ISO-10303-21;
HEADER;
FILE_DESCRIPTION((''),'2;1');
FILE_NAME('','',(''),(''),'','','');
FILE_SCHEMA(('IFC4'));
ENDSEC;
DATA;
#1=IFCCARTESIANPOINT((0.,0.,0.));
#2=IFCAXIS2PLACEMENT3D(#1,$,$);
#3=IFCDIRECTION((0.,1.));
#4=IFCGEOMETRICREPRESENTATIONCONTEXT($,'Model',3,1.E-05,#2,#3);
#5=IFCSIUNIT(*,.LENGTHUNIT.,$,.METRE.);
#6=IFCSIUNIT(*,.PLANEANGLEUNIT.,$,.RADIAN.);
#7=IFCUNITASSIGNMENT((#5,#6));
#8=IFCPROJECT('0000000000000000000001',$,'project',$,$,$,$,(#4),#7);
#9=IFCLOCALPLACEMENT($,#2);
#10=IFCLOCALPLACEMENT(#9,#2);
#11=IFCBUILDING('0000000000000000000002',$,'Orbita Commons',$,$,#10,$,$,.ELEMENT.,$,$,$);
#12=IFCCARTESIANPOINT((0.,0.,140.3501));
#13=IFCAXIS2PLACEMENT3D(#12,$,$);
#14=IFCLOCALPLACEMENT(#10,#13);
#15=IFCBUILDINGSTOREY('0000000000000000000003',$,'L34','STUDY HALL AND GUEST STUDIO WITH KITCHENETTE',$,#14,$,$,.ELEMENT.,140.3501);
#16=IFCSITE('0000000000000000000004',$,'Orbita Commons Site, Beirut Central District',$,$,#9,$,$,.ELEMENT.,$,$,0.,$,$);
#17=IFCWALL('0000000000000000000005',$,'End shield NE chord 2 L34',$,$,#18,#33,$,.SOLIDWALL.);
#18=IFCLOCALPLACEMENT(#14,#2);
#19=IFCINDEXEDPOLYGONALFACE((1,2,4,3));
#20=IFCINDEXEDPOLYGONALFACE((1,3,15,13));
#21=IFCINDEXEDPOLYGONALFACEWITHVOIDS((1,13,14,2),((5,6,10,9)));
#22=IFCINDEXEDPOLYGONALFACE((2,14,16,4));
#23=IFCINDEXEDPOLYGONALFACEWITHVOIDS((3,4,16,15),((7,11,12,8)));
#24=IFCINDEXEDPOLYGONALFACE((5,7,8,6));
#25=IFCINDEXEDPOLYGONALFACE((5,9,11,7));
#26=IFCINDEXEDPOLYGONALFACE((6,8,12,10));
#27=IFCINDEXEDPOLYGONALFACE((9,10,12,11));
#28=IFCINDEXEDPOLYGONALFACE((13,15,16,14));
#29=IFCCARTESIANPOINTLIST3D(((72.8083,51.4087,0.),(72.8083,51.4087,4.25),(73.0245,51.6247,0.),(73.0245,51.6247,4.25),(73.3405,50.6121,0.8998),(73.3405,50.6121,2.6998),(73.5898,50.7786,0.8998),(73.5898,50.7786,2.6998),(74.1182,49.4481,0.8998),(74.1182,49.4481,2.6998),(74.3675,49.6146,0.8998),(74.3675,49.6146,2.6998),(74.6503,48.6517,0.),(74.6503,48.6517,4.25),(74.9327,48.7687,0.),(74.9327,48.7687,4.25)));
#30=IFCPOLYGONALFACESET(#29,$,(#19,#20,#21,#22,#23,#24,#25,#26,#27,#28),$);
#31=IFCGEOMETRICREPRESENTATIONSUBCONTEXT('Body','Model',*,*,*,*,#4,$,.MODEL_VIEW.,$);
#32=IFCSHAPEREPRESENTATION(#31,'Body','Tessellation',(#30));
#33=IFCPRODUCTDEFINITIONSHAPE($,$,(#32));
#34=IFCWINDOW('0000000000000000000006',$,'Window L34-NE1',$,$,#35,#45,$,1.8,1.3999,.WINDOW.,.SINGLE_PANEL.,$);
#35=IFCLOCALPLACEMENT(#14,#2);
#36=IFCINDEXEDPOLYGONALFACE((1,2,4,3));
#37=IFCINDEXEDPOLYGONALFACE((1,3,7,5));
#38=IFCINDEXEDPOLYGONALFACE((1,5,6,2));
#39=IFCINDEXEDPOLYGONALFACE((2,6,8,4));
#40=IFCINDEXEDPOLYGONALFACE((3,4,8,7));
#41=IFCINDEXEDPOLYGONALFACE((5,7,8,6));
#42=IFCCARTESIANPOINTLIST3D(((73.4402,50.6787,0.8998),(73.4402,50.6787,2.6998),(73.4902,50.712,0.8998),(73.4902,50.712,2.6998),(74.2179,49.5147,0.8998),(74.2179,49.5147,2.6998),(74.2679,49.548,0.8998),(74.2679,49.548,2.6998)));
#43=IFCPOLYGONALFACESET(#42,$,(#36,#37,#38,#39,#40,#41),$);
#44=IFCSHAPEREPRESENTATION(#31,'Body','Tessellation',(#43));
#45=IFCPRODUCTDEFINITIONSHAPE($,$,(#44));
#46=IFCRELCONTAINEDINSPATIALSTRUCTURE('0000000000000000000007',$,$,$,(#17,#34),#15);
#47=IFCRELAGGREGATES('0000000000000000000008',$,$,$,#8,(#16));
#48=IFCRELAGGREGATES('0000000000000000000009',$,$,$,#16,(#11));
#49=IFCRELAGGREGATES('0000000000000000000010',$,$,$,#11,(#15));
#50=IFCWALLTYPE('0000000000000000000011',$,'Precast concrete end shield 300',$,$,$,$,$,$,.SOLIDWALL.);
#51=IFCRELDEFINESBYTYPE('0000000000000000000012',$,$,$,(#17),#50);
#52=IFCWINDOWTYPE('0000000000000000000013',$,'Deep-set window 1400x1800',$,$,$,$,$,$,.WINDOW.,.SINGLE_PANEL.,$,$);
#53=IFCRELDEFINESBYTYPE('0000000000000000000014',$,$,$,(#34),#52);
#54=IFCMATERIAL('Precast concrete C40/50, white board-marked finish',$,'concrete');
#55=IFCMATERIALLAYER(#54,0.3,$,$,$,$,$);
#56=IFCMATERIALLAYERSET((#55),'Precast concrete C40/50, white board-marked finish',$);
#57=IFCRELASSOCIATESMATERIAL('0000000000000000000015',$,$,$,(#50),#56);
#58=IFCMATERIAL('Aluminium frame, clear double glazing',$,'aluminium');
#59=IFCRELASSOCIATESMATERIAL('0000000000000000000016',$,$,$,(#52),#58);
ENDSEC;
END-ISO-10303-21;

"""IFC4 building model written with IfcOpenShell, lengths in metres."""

from ifc_helpers import new_model, si_unit, direction, frame, frame_2d, origin, place, context, subcontext, project, spatial, polyline, rectangle, outline, extrude, material, layer, layer_set, type_object, element, fill, save


model = new_model("IFC4")

# Units and contexts
model_context = context("Model", 3, precision=1e-05, world=origin(), true_north=direction((0.0, 1.0)))
body_context = subcontext(model_context, "Body", "Model", "MODEL_VIEW")
ifc_project = project(units=[si_unit("LENGTHUNIT", "METRE"), si_unit("PLANEANGLEUNIT", "RADIAN")], contexts=[model_context])

# Site, building, storey
site_placement = place(None, origin())
site = spatial("IfcSite", under=ifc_project, at=site_placement, Name="Orbita Commons Site, Beirut Central District", CompositionType="ELEMENT", RefElevation=0.0)
building_placement = place(site_placement, origin())
building = spatial("IfcBuilding", under=site, at=building_placement, Name="Orbita Commons", CompositionType="ELEMENT")
storey_placement = place(building_placement, frame((0.0, 0.0, 140.3501)))
storey = spatial("IfcBuildingStorey", under=building, at=storey_placement, Name="L34", Description="STUDY HALL AND GUEST STUDIO WITH KITCHENETTE", CompositionType="ELEMENT", Elevation=140.3501)

# Wall, opening, window
ifc_material_1 = material(Name="Precast concrete C40/50, white board-marked finish", Category="concrete")
ifc_layer_1 = layer(ifc_material_1, 0.3)
ifc_layer_set_1 = layer_set([ifc_layer_1], Name="Precast concrete C40/50, white board-marked finish")
wall_type_1 = type_object("IfcWallType", Name="Precast concrete end shield 300", PredefinedType="SOLIDWALL", material=ifc_layer_set_1)
wall_1_placement = place(storey_placement, frame((74.7915, 48.7102, 0.0), z_axis=(0.0, 0.0, 1.0), x_axis=(-0.555535, 0.831493, 0.0)))
wall_1 = element("IfcWall", 1, at=wall_1_placement, inside=storey, type_object=wall_type_1, Name="End shield NE chord 2 L34", PredefinedType="SOLIDWALL", context=body_context, shape_type="SweptSolid", body=[
    extrude(outline(polyline([(-0.0298, -0.1499), (3.405, -0.1499), (3.3455, 0.1499), (0.0298, 0.1499), (-0.0298, -0.1499)])), origin(), (0.0, 0.0, 1.0), 4.25),
])
opening_1_placement = place(wall_1_placement, frame((0.9875, 0.0, 0.8999)))
opening_1 = element("IfcOpeningElement", 2, at=opening_1_placement, cuts=wall_1, PredefinedType="OPENING", context=body_context, shape_type="SweptSolid", body=[
    extrude(rectangle(XDim=1.3999, YDim=1.8, at=frame_2d((0.7, 0.8999))), frame((0.0, 0.1599, 0.0), z_axis=(0.0, -1.0, 0.0), x_axis=(1.0, 0.0, 0.0)), (0.0, 0.0, 1.0), 0.3201),
])
ifc_material_2 = material(Name="Aluminium frame, clear double glazing", Category="aluminium")
window_type = type_object("IfcWindowType", Name="Deep-set window 1400x1800", PartitioningType="SINGLE_PANEL", PredefinedType="WINDOW", material=ifc_material_2)
window_placement = place(opening_1_placement, origin())
window = element("IfcWindow", 3, at=window_placement, inside=storey, type_object=window_type, Name="Window L34-NE1", OverallHeight=1.8, OverallWidth=1.3999, PartitioningType="SINGLE_PANEL", PredefinedType="WINDOW", context=body_context, shape_type="SweptSolid", body=[
    extrude(rectangle(XDim=1.3999, YDim=1.8, at=frame_2d((0.7, 0.8999))), frame((0.0, 0.03, 0.0), z_axis=(0.0, -1.0, 0.0), x_axis=(1.0, 0.0, 0.0)), (0.0, 0.0, 1.0), 0.0601),
])
fill(opening_1, window)

save(model, "model.ifc")
